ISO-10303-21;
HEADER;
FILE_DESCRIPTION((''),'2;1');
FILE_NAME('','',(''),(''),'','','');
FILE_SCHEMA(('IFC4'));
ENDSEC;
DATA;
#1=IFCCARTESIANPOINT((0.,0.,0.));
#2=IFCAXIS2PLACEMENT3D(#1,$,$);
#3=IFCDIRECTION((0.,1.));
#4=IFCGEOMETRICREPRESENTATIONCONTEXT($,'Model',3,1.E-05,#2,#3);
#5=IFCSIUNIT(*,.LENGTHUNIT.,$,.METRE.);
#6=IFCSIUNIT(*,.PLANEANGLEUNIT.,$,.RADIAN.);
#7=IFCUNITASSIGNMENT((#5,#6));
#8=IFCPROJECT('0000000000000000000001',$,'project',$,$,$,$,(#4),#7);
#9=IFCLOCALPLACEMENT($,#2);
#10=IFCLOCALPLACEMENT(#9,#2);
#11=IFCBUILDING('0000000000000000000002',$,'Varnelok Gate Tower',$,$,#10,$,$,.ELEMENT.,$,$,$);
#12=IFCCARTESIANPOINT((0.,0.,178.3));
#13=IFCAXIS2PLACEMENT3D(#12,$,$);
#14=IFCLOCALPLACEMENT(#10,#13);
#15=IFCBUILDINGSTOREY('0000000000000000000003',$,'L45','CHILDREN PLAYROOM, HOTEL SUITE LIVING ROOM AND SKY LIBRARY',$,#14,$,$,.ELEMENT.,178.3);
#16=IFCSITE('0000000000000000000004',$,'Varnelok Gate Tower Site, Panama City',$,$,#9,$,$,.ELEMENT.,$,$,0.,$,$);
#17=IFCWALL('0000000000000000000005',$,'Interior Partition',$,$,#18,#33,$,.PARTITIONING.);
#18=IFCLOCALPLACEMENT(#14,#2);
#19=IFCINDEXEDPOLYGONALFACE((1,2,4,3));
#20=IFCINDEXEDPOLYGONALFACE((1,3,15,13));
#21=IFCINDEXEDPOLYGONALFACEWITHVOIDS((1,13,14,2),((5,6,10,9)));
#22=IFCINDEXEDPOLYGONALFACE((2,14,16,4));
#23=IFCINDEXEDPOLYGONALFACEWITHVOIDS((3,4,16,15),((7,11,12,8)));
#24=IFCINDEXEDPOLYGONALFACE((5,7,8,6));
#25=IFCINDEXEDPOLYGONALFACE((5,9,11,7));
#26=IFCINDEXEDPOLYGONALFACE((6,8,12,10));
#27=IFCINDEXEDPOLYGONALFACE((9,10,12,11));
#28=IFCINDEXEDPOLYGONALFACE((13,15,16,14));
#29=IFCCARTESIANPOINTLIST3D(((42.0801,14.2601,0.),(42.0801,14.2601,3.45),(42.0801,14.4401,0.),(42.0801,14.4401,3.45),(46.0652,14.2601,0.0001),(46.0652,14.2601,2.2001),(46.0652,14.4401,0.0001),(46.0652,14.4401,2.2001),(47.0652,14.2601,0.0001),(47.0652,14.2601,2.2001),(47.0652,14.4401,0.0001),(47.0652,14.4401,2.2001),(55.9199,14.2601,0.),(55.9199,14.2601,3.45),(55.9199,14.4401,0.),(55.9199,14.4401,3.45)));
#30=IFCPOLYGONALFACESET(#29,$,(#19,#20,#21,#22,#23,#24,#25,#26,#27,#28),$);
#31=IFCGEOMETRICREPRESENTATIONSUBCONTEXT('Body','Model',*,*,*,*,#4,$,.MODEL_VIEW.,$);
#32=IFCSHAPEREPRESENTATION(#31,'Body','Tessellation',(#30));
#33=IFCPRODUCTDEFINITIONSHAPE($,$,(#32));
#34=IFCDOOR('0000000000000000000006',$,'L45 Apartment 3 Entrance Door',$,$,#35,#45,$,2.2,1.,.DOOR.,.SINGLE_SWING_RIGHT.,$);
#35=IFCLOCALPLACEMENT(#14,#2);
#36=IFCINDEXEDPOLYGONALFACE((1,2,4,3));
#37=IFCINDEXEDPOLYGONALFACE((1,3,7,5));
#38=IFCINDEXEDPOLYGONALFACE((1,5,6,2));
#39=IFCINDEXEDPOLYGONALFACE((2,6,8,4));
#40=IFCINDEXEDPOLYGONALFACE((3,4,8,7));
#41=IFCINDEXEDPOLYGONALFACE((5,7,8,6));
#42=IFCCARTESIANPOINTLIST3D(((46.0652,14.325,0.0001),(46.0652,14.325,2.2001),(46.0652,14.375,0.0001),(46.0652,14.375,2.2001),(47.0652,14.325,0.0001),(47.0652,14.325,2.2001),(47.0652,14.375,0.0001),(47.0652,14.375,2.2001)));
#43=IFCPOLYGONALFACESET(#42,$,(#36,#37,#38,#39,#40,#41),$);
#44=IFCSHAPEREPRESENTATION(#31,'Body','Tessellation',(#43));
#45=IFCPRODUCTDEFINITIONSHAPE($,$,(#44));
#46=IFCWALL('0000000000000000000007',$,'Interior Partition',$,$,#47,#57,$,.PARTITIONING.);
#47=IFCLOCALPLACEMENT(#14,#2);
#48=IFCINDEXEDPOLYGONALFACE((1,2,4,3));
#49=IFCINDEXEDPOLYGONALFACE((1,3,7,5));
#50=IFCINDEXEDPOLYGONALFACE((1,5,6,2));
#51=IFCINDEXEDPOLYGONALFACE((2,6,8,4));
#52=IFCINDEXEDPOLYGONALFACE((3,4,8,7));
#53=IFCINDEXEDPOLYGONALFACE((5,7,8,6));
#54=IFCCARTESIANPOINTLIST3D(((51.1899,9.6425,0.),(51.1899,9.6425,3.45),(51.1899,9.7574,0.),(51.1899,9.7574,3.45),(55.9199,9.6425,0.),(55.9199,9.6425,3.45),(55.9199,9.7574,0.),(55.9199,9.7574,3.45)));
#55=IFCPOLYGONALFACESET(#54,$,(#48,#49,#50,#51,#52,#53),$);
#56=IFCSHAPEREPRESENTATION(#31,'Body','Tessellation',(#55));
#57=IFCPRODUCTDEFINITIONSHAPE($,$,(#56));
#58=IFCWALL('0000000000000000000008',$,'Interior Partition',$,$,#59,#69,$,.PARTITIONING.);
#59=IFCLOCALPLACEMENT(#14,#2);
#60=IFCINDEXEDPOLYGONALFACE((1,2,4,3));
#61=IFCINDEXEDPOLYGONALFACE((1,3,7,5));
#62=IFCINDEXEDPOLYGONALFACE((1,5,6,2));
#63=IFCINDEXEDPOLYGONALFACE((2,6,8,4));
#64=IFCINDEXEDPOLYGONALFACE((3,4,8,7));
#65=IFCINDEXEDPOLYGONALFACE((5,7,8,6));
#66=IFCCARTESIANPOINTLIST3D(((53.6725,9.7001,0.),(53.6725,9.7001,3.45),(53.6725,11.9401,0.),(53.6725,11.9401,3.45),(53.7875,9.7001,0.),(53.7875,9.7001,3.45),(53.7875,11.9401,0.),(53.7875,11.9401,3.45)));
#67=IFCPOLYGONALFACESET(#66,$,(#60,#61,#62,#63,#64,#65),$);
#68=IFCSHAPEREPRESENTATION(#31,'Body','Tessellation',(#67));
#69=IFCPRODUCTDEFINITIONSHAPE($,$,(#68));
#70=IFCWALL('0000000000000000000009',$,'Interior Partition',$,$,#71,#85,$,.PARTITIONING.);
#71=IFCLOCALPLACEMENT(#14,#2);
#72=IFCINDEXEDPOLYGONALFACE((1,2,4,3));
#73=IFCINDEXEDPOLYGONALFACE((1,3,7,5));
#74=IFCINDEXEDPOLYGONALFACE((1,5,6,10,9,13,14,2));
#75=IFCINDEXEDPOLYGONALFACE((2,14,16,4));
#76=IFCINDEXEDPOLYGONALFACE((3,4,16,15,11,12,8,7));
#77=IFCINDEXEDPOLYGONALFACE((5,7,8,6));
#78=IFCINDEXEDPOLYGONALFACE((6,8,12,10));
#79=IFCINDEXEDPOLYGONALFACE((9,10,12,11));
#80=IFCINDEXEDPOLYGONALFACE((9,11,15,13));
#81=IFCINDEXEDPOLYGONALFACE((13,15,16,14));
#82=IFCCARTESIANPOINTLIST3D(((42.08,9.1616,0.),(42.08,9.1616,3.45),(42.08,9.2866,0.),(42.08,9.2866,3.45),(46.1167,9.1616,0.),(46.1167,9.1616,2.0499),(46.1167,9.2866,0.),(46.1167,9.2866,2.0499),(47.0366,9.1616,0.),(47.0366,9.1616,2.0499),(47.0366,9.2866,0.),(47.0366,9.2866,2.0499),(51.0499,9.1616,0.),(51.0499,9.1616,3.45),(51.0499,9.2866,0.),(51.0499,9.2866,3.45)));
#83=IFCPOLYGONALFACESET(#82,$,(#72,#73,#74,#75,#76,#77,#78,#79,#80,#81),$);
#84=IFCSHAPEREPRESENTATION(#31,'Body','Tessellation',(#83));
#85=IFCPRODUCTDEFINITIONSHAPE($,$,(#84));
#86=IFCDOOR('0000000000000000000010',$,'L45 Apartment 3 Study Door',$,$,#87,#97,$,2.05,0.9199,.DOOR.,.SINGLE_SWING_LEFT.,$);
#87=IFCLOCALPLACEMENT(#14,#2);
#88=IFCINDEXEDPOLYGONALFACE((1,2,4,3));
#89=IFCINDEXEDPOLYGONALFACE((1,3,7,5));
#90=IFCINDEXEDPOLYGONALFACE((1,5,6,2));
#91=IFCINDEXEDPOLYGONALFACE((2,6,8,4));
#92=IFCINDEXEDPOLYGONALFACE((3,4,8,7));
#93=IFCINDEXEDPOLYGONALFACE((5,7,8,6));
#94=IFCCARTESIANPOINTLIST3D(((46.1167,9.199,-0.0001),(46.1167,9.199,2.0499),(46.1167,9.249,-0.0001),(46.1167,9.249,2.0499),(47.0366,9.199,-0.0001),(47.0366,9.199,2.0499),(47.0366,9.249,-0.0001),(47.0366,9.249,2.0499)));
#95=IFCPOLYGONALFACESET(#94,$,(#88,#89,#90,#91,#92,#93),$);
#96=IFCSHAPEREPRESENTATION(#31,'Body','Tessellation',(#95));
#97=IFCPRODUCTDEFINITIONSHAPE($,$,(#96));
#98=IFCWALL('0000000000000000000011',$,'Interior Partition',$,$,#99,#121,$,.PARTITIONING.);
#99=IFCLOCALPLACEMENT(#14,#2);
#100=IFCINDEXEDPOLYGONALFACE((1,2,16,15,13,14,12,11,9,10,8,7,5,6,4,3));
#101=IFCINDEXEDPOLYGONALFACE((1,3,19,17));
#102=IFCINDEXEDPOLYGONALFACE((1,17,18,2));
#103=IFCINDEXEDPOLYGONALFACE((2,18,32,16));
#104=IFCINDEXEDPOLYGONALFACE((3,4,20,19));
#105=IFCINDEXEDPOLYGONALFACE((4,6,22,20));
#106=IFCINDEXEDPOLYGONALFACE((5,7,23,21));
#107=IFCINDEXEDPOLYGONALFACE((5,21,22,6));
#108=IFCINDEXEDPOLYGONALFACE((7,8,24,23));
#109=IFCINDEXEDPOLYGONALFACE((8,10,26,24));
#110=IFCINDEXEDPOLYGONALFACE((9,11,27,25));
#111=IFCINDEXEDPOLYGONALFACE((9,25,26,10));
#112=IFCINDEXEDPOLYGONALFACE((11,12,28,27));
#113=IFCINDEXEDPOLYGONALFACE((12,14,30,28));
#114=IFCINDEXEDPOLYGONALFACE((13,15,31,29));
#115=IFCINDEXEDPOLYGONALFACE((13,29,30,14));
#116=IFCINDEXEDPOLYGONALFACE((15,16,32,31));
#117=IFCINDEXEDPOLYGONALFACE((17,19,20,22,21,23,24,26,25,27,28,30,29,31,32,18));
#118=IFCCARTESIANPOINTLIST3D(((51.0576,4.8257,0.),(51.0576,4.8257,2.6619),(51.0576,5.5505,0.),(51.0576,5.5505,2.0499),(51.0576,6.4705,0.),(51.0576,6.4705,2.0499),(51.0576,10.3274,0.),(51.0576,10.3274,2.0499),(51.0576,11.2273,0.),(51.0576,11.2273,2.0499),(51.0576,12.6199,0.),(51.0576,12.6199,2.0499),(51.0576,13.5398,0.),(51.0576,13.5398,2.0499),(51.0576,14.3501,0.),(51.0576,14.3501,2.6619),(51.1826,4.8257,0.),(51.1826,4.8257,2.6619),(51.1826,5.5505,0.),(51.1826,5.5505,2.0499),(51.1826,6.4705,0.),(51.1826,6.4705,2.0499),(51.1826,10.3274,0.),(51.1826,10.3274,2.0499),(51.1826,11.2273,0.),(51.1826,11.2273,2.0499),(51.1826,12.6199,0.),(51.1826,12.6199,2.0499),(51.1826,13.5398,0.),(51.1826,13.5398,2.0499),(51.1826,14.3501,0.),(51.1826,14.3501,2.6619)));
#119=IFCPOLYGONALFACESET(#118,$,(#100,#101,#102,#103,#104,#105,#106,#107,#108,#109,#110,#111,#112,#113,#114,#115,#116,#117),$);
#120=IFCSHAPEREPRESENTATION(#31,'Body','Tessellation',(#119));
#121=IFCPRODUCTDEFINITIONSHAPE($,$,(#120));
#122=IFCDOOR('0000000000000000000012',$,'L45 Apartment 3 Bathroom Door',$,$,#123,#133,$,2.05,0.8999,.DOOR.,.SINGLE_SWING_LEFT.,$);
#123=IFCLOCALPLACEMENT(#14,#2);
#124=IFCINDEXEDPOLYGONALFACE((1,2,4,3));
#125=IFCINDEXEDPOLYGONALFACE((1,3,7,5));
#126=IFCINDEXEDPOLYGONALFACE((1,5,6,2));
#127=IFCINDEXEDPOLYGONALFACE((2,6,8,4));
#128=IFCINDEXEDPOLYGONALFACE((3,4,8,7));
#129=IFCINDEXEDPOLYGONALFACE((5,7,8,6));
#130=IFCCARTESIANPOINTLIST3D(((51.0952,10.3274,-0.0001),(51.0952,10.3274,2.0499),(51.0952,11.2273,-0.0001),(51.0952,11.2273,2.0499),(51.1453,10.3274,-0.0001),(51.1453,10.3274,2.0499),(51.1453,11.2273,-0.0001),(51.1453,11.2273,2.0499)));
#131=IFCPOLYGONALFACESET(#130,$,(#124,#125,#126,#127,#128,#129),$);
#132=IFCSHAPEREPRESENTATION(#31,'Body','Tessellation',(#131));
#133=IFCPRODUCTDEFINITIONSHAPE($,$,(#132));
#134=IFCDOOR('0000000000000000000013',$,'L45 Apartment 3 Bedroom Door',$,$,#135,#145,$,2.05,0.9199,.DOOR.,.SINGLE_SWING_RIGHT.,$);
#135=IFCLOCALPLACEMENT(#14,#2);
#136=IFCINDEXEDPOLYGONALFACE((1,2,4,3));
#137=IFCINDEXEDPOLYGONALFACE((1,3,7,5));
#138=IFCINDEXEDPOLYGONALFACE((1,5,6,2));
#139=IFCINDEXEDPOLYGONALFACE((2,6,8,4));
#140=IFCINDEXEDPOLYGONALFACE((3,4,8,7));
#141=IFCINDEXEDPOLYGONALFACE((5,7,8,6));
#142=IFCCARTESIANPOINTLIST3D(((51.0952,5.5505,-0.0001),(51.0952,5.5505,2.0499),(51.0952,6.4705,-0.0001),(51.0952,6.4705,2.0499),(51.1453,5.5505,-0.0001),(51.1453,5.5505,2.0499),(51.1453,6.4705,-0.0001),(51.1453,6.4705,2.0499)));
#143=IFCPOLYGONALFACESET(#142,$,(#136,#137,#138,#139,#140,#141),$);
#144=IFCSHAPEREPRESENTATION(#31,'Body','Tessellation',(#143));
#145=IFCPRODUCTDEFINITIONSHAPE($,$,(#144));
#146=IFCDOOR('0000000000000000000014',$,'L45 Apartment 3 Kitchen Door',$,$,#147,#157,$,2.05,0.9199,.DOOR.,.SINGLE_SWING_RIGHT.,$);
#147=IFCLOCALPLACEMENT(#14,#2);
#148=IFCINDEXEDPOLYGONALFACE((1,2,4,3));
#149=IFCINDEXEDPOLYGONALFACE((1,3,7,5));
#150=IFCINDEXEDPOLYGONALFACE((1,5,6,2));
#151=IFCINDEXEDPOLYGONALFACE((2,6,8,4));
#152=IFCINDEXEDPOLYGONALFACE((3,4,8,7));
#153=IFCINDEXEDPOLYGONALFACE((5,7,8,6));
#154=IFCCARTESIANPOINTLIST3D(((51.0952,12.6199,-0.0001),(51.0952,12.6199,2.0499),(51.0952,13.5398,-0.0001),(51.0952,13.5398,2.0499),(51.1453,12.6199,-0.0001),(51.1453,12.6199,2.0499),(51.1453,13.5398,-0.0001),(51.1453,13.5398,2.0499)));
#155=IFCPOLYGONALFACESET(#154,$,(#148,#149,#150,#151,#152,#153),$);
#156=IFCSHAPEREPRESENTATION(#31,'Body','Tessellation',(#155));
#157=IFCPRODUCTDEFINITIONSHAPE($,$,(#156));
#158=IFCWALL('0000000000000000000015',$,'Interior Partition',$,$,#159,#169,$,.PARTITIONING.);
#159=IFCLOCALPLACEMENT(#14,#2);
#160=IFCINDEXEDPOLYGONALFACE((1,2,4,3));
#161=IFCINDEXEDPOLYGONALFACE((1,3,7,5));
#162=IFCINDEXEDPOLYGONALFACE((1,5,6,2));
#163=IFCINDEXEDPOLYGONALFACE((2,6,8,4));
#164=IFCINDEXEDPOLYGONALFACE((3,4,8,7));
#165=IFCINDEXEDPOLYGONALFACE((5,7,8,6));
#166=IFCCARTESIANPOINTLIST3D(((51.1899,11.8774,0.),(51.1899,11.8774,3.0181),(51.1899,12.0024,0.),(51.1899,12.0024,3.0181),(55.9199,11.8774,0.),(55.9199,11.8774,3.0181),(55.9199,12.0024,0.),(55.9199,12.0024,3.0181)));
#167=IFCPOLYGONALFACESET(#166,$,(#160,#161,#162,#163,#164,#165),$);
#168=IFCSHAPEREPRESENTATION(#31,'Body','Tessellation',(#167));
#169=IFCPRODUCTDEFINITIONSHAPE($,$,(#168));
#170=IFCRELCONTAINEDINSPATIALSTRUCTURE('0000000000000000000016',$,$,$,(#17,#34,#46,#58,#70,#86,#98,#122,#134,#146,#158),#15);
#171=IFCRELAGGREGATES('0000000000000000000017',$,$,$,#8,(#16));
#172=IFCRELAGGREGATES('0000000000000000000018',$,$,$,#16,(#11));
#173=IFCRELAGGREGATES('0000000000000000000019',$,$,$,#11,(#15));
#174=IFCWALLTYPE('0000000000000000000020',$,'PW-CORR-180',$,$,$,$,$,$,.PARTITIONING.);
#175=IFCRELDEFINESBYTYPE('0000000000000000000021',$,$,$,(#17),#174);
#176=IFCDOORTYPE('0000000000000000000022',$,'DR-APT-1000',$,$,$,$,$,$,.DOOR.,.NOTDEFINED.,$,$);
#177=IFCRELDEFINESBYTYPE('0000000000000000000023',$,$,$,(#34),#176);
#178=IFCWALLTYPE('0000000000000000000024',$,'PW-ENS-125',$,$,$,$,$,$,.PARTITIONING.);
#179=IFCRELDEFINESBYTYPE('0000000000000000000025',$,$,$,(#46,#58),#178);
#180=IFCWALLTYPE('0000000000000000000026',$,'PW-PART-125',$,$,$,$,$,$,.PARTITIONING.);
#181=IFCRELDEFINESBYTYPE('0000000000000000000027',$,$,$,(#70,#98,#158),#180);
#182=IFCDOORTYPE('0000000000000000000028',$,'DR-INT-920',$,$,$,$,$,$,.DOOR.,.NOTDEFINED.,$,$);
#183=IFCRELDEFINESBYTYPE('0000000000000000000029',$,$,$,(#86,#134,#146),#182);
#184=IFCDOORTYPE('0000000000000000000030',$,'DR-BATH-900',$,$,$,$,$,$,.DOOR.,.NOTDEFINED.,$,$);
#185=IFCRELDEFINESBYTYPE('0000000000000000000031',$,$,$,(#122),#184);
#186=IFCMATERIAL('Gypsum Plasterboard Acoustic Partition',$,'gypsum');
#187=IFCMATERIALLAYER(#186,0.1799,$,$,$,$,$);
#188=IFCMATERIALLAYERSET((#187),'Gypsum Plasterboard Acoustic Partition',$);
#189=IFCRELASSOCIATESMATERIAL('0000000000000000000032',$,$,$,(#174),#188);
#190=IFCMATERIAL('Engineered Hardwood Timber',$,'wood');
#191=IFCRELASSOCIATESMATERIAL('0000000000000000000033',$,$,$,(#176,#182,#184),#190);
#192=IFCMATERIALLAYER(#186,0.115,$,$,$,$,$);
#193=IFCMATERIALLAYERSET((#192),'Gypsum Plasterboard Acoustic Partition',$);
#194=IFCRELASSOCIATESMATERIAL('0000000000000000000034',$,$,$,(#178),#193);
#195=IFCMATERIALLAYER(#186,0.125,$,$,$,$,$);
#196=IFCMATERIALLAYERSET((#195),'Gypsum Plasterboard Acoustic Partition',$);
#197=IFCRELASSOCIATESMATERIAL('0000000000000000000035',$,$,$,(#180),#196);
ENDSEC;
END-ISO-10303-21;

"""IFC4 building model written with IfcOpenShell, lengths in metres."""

from ifc_helpers import new_model, si_unit, direction, frame, frame_2d, origin, place, context, subcontext, project, spatial, rectangle, extrude, material, layer, layer_set, type_object, element, fill, save


model = new_model("IFC4")

# Units and contexts
model_context = context("Model", 3, precision=1e-05, world=origin(), true_north=direction((0.0, 1.0)))
body_context = subcontext(model_context, "Body", "Model", "MODEL_VIEW")
ifc_project = project(units=[si_unit("LENGTHUNIT", "METRE"), si_unit("PLANEANGLEUNIT", "RADIAN")], contexts=[model_context])

# Site, building, storey
site_placement = place(None, origin())
site = spatial("IfcSite", under=ifc_project, at=site_placement, Name="Varnelok Gate Tower Site, Panama City", CompositionType="ELEMENT", RefElevation=0.0)
building_placement = place(site_placement, origin())
building = spatial("IfcBuilding", under=site, at=building_placement, Name="Varnelok Gate Tower", CompositionType="ELEMENT")
storey_placement = place(building_placement, frame((0.0, 0.0, 178.3)))
storey = spatial("IfcBuildingStorey", under=building, at=storey_placement, Name="L45", Description="CHILDREN PLAYROOM, HOTEL SUITE LIVING ROOM AND SKY LIBRARY", CompositionType="ELEMENT", Elevation=178.3)

# Wall, opening, door
ifc_material_1 = material(Name="Gypsum Plasterboard Acoustic Partition", Category="gypsum")
ifc_layer_1 = layer(ifc_material_1, 0.1799)
ifc_layer_set_1 = layer_set([ifc_layer_1], Name="Gypsum Plasterboard Acoustic Partition")
wall_type_1 = type_object("IfcWallType", Name="PW-CORR-180", PredefinedType="PARTITIONING", material=ifc_layer_set_1)
wall_1_placement = place(storey_placement, frame((42.0801, 14.3501, 0.0), z_axis=(0.0, 0.0, 1.0), x_axis=(1.0, 0.0, 0.0)))
wall_1 = element("IfcWall", 1, at=wall_1_placement, inside=storey, type_object=wall_type_1, Name="Interior Partition", PredefinedType="PARTITIONING", context=body_context, shape_type="SweptSolid", body=[
    extrude(rectangle(XDim=13.8398, YDim=0.1799, at=frame_2d((6.9199, 0.0))), origin(), (0.0, 0.0, 1.0), 3.45),
])
opening_1_placement = place(wall_1_placement, frame((3.9851, 0.0, 0.0)))
opening_1 = element("IfcOpeningElement", 2, at=opening_1_placement, cuts=wall_1, PredefinedType="OPENING", context=body_context, shape_type="SweptSolid", body=[
    extrude(rectangle(XDim=1.0, YDim=2.2, at=frame_2d((0.5, 1.1001))), frame((0.0, 0.0999, 0.0), z_axis=(0.0, -1.0, 0.0), x_axis=(1.0, 0.0, 0.0)), (0.0, 0.0, 1.0), 0.2),
])
ifc_material_2 = material(Name="Engineered Hardwood Timber", Category="wood")
door_type_1 = type_object("IfcDoorType", Name="DR-APT-1000", OperationType="NOTDEFINED", PredefinedType="DOOR", material=ifc_material_2)
door_1_placement = place(opening_1_placement, origin())
door_1 = element("IfcDoor", 3, at=door_1_placement, inside=storey, type_object=door_type_1, Name="L45 Apartment 3 Entrance Door", OperationType="SINGLE_SWING_RIGHT", OverallHeight=2.2, OverallWidth=1.0, PredefinedType="DOOR", context=body_context, shape_type="SweptSolid", body=[
    extrude(rectangle(XDim=1.0, YDim=2.2, at=frame_2d((0.5, 1.1001))), frame((0.0, 0.0249, 0.0), z_axis=(0.0, -1.0, 0.0), x_axis=(1.0, 0.0, 0.0)), (0.0, 0.0, 1.0), 0.05),
])
fill(opening_1, door_1)

# Walls
ifc_layer_2 = layer(ifc_material_1, 0.115)
ifc_layer_set_2 = layer_set([ifc_layer_2], Name="Gypsum Plasterboard Acoustic Partition")
wall_type_2 = type_object("IfcWallType", Name="PW-ENS-125", PredefinedType="PARTITIONING", material=ifc_layer_set_2)
wall_2_placement = place(storey_placement, frame((51.1899, 9.7, 0.0), z_axis=(0.0, 0.0, 1.0), x_axis=(1.0, 0.0, 0.0)))
element("IfcWall", 4, at=wall_2_placement, inside=storey, type_object=wall_type_2, Name="Interior Partition", PredefinedType="PARTITIONING", context=body_context, shape_type="SweptSolid", body=[
    extrude(rectangle(XDim=4.73, YDim=0.115, at=frame_2d((2.365, 0.0))), origin(), (0.0, 0.0, 1.0), 3.45),
])
wall_3_placement = place(storey_placement, frame((53.73, 9.7, 0.0), z_axis=(0.0, 0.0, 1.0), x_axis=(0.0, 1.0, 0.0)))
element("IfcWall", 5, at=wall_3_placement, inside=storey, type_object=wall_type_2, Name="Interior Partition", PredefinedType="PARTITIONING", context=body_context, shape_type="SweptSolid", body=[
    extrude(rectangle(XDim=2.24, YDim=0.115, at=frame_2d((1.1201, 0.0))), origin(), (0.0, 0.0, 1.0), 3.45),
])

# Wall, opening, door
ifc_layer_3 = layer(ifc_material_1, 0.125)
ifc_layer_set_3 = layer_set([ifc_layer_3], Name="Gypsum Plasterboard Acoustic Partition")
wall_type_3 = type_object("IfcWallType", Name="PW-PART-125", PredefinedType="PARTITIONING", material=ifc_layer_set_3)
wall_4_placement = place(storey_placement, frame((42.0801, 9.2241, 0.0), z_axis=(0.0, 0.0, 1.0), x_axis=(1.0, 0.0, 0.0)))
wall_4 = element("IfcWall", 6, at=wall_4_placement, inside=storey, type_object=wall_type_3, Name="Interior Partition", PredefinedType="PARTITIONING", context=body_context, shape_type="SweptSolid", body=[
    extrude(rectangle(XDim=8.97, YDim=0.125, at=frame_2d((4.4849, 0.0))), origin(), (0.0, 0.0, 1.0), 3.45),
])
opening_2_placement = place(wall_4_placement, frame((4.0366, 0.0, 0.0)))
opening_2 = element("IfcOpeningElement", 7, at=opening_2_placement, cuts=wall_4, PredefinedType="OPENING", context=body_context, shape_type="SweptSolid", body=[
    extrude(rectangle(XDim=0.9199, YDim=2.05, at=frame_2d((0.46, 1.0249))), frame((0.0, 0.0725, 0.0), z_axis=(0.0, -1.0, 0.0), x_axis=(1.0, 0.0, 0.0)), (0.0, 0.0, 1.0), 0.145),
])
door_type_2 = type_object("IfcDoorType", Name="DR-INT-920", OperationType="NOTDEFINED", PredefinedType="DOOR", material=ifc_material_2)
door_2_placement = place(opening_2_placement, origin())
door_2 = element("IfcDoor", 8, at=door_2_placement, inside=storey, type_object=door_type_2, Name="L45 Apartment 3 Study Door", OperationType="SINGLE_SWING_LEFT", OverallHeight=2.05, OverallWidth=0.9199, PredefinedType="DOOR", context=body_context, shape_type="SweptSolid", body=[
    extrude(rectangle(XDim=0.9199, YDim=2.05, at=frame_2d((0.46, 1.0249))), frame((0.0, 0.0249, 0.0), z_axis=(0.0, -1.0, 0.0), x_axis=(1.0, 0.0, 0.0)), (0.0, 0.0, 1.0), 0.05),
])
fill(opening_2, door_2)

# Wall, openings, doors
wall_5_placement = place(storey_placement, frame((51.1201, 4.8257, 0.0), z_axis=(0.0, 0.0, 1.0), x_axis=(0.0, 1.0, 0.0)))
wall_5 = element("IfcWall", 9, at=wall_5_placement, inside=storey, type_object=wall_type_3, Name="Interior Partition", PredefinedType="PARTITIONING", context=body_context, shape_type="SweptSolid", body=[
    extrude(rectangle(XDim=9.5244, YDim=0.125, at=frame_2d((4.7622, 0.0))), origin(), (0.0, 0.0, 1.0), 2.6619),
])
opening_3_placement = place(wall_5_placement, frame((0.7249, 0.0, 0.0)))
opening_3 = element("IfcOpeningElement", 10, at=opening_3_placement, cuts=wall_5, PredefinedType="OPENING", context=body_context, shape_type="SweptSolid", body=[
    extrude(rectangle(XDim=0.9199, YDim=2.05, at=frame_2d((0.46, 1.0249))), frame((0.0, 0.0725, 0.0), z_axis=(0.0, -1.0, 0.0), x_axis=(1.0, 0.0, 0.0)), (0.0, 0.0, 1.0), 0.145),
])
opening_4_placement = place(wall_5_placement, frame((5.5017, 0.0, 0.0)))
opening_4 = element("IfcOpeningElement", 11, at=opening_4_placement, cuts=wall_5, PredefinedType="OPENING", context=body_context, shape_type="SweptSolid", body=[
    extrude(rectangle(XDim=0.8999, YDim=2.05, at=frame_2d((0.45, 1.0249))), frame((0.0, 0.0725, 0.0), z_axis=(0.0, -1.0, 0.0), x_axis=(1.0, 0.0, 0.0)), (0.0, 0.0, 1.0), 0.145),
])
opening_5_placement = place(wall_5_placement, frame((7.7942, 0.0, 0.0)))
opening_5 = element("IfcOpeningElement", 12, at=opening_5_placement, cuts=wall_5, PredefinedType="OPENING", context=body_context, shape_type="SweptSolid", body=[
    extrude(rectangle(XDim=0.9199, YDim=2.05, at=frame_2d((0.46, 1.0249))), frame((0.0, 0.0725, 0.0), z_axis=(0.0, -1.0, 0.0), x_axis=(1.0, 0.0, 0.0)), (0.0, 0.0, 1.0), 0.145),
])
door_type_3 = type_object("IfcDoorType", Name="DR-BATH-900", OperationType="NOTDEFINED", PredefinedType="DOOR", material=ifc_material_2)
door_3_placement = place(opening_4_placement, origin())
door_3 = element("IfcDoor", 13, at=door_3_placement, inside=storey, type_object=door_type_3, Name="L45 Apartment 3 Bathroom Door", OperationType="SINGLE_SWING_LEFT", OverallHeight=2.05, OverallWidth=0.8999, PredefinedType="DOOR", context=body_context, shape_type="SweptSolid", body=[
    extrude(rectangle(XDim=0.8999, YDim=2.05, at=frame_2d((0.45, 1.0249))), frame((0.0, 0.0249, 0.0), z_axis=(0.0, -1.0, 0.0), x_axis=(1.0, 0.0, 0.0)), (0.0, 0.0, 1.0), 0.05),
])
fill(opening_4, door_3)
door_4_placement = place(opening_3_placement, origin())
door_4 = element("IfcDoor", 14, at=door_4_placement, inside=storey, type_object=door_type_2, Name="L45 Apartment 3 Bedroom Door", OperationType="SINGLE_SWING_RIGHT", OverallHeight=2.05, OverallWidth=0.9199, PredefinedType="DOOR", context=body_context, shape_type="SweptSolid", body=[
    extrude(rectangle(XDim=0.9199, YDim=2.05, at=frame_2d((0.46, 1.0249))), frame((0.0, 0.0249, 0.0), z_axis=(0.0, -1.0, 0.0), x_axis=(1.0, 0.0, 0.0)), (0.0, 0.0, 1.0), 0.05),
])
fill(opening_3, door_4)
door_5_placement = place(opening_5_placement, origin())
door_5 = element("IfcDoor", 15, at=door_5_placement, inside=storey, type_object=door_type_2, Name="L45 Apartment 3 Kitchen Door", OperationType="SINGLE_SWING_RIGHT", OverallHeight=2.05, OverallWidth=0.9199, PredefinedType="DOOR", context=body_context, shape_type="SweptSolid", body=[
    extrude(rectangle(XDim=0.9199, YDim=2.05, at=frame_2d((0.46, 1.0249))), frame((0.0, 0.0249, 0.0), z_axis=(0.0, -1.0, 0.0), x_axis=(1.0, 0.0, 0.0)), (0.0, 0.0, 1.0), 0.05),
])
fill(opening_5, door_5)

# Wall
wall_6_placement = place(storey_placement, frame((51.1899, 11.9399, 0.0), z_axis=(0.0, 0.0, 1.0), x_axis=(1.0, 0.0, 0.0)))
element("IfcWall", 16, at=wall_6_placement, inside=storey, type_object=wall_type_3, Name="Interior Partition", PredefinedType="PARTITIONING", context=body_context, shape_type="SweptSolid", body=[
    extrude(rectangle(XDim=4.73, YDim=0.125, at=frame_2d((2.365, 0.0))), origin(), (0.0, 0.0, 1.0), 3.0181),
])

save(model, "model.ifc")
